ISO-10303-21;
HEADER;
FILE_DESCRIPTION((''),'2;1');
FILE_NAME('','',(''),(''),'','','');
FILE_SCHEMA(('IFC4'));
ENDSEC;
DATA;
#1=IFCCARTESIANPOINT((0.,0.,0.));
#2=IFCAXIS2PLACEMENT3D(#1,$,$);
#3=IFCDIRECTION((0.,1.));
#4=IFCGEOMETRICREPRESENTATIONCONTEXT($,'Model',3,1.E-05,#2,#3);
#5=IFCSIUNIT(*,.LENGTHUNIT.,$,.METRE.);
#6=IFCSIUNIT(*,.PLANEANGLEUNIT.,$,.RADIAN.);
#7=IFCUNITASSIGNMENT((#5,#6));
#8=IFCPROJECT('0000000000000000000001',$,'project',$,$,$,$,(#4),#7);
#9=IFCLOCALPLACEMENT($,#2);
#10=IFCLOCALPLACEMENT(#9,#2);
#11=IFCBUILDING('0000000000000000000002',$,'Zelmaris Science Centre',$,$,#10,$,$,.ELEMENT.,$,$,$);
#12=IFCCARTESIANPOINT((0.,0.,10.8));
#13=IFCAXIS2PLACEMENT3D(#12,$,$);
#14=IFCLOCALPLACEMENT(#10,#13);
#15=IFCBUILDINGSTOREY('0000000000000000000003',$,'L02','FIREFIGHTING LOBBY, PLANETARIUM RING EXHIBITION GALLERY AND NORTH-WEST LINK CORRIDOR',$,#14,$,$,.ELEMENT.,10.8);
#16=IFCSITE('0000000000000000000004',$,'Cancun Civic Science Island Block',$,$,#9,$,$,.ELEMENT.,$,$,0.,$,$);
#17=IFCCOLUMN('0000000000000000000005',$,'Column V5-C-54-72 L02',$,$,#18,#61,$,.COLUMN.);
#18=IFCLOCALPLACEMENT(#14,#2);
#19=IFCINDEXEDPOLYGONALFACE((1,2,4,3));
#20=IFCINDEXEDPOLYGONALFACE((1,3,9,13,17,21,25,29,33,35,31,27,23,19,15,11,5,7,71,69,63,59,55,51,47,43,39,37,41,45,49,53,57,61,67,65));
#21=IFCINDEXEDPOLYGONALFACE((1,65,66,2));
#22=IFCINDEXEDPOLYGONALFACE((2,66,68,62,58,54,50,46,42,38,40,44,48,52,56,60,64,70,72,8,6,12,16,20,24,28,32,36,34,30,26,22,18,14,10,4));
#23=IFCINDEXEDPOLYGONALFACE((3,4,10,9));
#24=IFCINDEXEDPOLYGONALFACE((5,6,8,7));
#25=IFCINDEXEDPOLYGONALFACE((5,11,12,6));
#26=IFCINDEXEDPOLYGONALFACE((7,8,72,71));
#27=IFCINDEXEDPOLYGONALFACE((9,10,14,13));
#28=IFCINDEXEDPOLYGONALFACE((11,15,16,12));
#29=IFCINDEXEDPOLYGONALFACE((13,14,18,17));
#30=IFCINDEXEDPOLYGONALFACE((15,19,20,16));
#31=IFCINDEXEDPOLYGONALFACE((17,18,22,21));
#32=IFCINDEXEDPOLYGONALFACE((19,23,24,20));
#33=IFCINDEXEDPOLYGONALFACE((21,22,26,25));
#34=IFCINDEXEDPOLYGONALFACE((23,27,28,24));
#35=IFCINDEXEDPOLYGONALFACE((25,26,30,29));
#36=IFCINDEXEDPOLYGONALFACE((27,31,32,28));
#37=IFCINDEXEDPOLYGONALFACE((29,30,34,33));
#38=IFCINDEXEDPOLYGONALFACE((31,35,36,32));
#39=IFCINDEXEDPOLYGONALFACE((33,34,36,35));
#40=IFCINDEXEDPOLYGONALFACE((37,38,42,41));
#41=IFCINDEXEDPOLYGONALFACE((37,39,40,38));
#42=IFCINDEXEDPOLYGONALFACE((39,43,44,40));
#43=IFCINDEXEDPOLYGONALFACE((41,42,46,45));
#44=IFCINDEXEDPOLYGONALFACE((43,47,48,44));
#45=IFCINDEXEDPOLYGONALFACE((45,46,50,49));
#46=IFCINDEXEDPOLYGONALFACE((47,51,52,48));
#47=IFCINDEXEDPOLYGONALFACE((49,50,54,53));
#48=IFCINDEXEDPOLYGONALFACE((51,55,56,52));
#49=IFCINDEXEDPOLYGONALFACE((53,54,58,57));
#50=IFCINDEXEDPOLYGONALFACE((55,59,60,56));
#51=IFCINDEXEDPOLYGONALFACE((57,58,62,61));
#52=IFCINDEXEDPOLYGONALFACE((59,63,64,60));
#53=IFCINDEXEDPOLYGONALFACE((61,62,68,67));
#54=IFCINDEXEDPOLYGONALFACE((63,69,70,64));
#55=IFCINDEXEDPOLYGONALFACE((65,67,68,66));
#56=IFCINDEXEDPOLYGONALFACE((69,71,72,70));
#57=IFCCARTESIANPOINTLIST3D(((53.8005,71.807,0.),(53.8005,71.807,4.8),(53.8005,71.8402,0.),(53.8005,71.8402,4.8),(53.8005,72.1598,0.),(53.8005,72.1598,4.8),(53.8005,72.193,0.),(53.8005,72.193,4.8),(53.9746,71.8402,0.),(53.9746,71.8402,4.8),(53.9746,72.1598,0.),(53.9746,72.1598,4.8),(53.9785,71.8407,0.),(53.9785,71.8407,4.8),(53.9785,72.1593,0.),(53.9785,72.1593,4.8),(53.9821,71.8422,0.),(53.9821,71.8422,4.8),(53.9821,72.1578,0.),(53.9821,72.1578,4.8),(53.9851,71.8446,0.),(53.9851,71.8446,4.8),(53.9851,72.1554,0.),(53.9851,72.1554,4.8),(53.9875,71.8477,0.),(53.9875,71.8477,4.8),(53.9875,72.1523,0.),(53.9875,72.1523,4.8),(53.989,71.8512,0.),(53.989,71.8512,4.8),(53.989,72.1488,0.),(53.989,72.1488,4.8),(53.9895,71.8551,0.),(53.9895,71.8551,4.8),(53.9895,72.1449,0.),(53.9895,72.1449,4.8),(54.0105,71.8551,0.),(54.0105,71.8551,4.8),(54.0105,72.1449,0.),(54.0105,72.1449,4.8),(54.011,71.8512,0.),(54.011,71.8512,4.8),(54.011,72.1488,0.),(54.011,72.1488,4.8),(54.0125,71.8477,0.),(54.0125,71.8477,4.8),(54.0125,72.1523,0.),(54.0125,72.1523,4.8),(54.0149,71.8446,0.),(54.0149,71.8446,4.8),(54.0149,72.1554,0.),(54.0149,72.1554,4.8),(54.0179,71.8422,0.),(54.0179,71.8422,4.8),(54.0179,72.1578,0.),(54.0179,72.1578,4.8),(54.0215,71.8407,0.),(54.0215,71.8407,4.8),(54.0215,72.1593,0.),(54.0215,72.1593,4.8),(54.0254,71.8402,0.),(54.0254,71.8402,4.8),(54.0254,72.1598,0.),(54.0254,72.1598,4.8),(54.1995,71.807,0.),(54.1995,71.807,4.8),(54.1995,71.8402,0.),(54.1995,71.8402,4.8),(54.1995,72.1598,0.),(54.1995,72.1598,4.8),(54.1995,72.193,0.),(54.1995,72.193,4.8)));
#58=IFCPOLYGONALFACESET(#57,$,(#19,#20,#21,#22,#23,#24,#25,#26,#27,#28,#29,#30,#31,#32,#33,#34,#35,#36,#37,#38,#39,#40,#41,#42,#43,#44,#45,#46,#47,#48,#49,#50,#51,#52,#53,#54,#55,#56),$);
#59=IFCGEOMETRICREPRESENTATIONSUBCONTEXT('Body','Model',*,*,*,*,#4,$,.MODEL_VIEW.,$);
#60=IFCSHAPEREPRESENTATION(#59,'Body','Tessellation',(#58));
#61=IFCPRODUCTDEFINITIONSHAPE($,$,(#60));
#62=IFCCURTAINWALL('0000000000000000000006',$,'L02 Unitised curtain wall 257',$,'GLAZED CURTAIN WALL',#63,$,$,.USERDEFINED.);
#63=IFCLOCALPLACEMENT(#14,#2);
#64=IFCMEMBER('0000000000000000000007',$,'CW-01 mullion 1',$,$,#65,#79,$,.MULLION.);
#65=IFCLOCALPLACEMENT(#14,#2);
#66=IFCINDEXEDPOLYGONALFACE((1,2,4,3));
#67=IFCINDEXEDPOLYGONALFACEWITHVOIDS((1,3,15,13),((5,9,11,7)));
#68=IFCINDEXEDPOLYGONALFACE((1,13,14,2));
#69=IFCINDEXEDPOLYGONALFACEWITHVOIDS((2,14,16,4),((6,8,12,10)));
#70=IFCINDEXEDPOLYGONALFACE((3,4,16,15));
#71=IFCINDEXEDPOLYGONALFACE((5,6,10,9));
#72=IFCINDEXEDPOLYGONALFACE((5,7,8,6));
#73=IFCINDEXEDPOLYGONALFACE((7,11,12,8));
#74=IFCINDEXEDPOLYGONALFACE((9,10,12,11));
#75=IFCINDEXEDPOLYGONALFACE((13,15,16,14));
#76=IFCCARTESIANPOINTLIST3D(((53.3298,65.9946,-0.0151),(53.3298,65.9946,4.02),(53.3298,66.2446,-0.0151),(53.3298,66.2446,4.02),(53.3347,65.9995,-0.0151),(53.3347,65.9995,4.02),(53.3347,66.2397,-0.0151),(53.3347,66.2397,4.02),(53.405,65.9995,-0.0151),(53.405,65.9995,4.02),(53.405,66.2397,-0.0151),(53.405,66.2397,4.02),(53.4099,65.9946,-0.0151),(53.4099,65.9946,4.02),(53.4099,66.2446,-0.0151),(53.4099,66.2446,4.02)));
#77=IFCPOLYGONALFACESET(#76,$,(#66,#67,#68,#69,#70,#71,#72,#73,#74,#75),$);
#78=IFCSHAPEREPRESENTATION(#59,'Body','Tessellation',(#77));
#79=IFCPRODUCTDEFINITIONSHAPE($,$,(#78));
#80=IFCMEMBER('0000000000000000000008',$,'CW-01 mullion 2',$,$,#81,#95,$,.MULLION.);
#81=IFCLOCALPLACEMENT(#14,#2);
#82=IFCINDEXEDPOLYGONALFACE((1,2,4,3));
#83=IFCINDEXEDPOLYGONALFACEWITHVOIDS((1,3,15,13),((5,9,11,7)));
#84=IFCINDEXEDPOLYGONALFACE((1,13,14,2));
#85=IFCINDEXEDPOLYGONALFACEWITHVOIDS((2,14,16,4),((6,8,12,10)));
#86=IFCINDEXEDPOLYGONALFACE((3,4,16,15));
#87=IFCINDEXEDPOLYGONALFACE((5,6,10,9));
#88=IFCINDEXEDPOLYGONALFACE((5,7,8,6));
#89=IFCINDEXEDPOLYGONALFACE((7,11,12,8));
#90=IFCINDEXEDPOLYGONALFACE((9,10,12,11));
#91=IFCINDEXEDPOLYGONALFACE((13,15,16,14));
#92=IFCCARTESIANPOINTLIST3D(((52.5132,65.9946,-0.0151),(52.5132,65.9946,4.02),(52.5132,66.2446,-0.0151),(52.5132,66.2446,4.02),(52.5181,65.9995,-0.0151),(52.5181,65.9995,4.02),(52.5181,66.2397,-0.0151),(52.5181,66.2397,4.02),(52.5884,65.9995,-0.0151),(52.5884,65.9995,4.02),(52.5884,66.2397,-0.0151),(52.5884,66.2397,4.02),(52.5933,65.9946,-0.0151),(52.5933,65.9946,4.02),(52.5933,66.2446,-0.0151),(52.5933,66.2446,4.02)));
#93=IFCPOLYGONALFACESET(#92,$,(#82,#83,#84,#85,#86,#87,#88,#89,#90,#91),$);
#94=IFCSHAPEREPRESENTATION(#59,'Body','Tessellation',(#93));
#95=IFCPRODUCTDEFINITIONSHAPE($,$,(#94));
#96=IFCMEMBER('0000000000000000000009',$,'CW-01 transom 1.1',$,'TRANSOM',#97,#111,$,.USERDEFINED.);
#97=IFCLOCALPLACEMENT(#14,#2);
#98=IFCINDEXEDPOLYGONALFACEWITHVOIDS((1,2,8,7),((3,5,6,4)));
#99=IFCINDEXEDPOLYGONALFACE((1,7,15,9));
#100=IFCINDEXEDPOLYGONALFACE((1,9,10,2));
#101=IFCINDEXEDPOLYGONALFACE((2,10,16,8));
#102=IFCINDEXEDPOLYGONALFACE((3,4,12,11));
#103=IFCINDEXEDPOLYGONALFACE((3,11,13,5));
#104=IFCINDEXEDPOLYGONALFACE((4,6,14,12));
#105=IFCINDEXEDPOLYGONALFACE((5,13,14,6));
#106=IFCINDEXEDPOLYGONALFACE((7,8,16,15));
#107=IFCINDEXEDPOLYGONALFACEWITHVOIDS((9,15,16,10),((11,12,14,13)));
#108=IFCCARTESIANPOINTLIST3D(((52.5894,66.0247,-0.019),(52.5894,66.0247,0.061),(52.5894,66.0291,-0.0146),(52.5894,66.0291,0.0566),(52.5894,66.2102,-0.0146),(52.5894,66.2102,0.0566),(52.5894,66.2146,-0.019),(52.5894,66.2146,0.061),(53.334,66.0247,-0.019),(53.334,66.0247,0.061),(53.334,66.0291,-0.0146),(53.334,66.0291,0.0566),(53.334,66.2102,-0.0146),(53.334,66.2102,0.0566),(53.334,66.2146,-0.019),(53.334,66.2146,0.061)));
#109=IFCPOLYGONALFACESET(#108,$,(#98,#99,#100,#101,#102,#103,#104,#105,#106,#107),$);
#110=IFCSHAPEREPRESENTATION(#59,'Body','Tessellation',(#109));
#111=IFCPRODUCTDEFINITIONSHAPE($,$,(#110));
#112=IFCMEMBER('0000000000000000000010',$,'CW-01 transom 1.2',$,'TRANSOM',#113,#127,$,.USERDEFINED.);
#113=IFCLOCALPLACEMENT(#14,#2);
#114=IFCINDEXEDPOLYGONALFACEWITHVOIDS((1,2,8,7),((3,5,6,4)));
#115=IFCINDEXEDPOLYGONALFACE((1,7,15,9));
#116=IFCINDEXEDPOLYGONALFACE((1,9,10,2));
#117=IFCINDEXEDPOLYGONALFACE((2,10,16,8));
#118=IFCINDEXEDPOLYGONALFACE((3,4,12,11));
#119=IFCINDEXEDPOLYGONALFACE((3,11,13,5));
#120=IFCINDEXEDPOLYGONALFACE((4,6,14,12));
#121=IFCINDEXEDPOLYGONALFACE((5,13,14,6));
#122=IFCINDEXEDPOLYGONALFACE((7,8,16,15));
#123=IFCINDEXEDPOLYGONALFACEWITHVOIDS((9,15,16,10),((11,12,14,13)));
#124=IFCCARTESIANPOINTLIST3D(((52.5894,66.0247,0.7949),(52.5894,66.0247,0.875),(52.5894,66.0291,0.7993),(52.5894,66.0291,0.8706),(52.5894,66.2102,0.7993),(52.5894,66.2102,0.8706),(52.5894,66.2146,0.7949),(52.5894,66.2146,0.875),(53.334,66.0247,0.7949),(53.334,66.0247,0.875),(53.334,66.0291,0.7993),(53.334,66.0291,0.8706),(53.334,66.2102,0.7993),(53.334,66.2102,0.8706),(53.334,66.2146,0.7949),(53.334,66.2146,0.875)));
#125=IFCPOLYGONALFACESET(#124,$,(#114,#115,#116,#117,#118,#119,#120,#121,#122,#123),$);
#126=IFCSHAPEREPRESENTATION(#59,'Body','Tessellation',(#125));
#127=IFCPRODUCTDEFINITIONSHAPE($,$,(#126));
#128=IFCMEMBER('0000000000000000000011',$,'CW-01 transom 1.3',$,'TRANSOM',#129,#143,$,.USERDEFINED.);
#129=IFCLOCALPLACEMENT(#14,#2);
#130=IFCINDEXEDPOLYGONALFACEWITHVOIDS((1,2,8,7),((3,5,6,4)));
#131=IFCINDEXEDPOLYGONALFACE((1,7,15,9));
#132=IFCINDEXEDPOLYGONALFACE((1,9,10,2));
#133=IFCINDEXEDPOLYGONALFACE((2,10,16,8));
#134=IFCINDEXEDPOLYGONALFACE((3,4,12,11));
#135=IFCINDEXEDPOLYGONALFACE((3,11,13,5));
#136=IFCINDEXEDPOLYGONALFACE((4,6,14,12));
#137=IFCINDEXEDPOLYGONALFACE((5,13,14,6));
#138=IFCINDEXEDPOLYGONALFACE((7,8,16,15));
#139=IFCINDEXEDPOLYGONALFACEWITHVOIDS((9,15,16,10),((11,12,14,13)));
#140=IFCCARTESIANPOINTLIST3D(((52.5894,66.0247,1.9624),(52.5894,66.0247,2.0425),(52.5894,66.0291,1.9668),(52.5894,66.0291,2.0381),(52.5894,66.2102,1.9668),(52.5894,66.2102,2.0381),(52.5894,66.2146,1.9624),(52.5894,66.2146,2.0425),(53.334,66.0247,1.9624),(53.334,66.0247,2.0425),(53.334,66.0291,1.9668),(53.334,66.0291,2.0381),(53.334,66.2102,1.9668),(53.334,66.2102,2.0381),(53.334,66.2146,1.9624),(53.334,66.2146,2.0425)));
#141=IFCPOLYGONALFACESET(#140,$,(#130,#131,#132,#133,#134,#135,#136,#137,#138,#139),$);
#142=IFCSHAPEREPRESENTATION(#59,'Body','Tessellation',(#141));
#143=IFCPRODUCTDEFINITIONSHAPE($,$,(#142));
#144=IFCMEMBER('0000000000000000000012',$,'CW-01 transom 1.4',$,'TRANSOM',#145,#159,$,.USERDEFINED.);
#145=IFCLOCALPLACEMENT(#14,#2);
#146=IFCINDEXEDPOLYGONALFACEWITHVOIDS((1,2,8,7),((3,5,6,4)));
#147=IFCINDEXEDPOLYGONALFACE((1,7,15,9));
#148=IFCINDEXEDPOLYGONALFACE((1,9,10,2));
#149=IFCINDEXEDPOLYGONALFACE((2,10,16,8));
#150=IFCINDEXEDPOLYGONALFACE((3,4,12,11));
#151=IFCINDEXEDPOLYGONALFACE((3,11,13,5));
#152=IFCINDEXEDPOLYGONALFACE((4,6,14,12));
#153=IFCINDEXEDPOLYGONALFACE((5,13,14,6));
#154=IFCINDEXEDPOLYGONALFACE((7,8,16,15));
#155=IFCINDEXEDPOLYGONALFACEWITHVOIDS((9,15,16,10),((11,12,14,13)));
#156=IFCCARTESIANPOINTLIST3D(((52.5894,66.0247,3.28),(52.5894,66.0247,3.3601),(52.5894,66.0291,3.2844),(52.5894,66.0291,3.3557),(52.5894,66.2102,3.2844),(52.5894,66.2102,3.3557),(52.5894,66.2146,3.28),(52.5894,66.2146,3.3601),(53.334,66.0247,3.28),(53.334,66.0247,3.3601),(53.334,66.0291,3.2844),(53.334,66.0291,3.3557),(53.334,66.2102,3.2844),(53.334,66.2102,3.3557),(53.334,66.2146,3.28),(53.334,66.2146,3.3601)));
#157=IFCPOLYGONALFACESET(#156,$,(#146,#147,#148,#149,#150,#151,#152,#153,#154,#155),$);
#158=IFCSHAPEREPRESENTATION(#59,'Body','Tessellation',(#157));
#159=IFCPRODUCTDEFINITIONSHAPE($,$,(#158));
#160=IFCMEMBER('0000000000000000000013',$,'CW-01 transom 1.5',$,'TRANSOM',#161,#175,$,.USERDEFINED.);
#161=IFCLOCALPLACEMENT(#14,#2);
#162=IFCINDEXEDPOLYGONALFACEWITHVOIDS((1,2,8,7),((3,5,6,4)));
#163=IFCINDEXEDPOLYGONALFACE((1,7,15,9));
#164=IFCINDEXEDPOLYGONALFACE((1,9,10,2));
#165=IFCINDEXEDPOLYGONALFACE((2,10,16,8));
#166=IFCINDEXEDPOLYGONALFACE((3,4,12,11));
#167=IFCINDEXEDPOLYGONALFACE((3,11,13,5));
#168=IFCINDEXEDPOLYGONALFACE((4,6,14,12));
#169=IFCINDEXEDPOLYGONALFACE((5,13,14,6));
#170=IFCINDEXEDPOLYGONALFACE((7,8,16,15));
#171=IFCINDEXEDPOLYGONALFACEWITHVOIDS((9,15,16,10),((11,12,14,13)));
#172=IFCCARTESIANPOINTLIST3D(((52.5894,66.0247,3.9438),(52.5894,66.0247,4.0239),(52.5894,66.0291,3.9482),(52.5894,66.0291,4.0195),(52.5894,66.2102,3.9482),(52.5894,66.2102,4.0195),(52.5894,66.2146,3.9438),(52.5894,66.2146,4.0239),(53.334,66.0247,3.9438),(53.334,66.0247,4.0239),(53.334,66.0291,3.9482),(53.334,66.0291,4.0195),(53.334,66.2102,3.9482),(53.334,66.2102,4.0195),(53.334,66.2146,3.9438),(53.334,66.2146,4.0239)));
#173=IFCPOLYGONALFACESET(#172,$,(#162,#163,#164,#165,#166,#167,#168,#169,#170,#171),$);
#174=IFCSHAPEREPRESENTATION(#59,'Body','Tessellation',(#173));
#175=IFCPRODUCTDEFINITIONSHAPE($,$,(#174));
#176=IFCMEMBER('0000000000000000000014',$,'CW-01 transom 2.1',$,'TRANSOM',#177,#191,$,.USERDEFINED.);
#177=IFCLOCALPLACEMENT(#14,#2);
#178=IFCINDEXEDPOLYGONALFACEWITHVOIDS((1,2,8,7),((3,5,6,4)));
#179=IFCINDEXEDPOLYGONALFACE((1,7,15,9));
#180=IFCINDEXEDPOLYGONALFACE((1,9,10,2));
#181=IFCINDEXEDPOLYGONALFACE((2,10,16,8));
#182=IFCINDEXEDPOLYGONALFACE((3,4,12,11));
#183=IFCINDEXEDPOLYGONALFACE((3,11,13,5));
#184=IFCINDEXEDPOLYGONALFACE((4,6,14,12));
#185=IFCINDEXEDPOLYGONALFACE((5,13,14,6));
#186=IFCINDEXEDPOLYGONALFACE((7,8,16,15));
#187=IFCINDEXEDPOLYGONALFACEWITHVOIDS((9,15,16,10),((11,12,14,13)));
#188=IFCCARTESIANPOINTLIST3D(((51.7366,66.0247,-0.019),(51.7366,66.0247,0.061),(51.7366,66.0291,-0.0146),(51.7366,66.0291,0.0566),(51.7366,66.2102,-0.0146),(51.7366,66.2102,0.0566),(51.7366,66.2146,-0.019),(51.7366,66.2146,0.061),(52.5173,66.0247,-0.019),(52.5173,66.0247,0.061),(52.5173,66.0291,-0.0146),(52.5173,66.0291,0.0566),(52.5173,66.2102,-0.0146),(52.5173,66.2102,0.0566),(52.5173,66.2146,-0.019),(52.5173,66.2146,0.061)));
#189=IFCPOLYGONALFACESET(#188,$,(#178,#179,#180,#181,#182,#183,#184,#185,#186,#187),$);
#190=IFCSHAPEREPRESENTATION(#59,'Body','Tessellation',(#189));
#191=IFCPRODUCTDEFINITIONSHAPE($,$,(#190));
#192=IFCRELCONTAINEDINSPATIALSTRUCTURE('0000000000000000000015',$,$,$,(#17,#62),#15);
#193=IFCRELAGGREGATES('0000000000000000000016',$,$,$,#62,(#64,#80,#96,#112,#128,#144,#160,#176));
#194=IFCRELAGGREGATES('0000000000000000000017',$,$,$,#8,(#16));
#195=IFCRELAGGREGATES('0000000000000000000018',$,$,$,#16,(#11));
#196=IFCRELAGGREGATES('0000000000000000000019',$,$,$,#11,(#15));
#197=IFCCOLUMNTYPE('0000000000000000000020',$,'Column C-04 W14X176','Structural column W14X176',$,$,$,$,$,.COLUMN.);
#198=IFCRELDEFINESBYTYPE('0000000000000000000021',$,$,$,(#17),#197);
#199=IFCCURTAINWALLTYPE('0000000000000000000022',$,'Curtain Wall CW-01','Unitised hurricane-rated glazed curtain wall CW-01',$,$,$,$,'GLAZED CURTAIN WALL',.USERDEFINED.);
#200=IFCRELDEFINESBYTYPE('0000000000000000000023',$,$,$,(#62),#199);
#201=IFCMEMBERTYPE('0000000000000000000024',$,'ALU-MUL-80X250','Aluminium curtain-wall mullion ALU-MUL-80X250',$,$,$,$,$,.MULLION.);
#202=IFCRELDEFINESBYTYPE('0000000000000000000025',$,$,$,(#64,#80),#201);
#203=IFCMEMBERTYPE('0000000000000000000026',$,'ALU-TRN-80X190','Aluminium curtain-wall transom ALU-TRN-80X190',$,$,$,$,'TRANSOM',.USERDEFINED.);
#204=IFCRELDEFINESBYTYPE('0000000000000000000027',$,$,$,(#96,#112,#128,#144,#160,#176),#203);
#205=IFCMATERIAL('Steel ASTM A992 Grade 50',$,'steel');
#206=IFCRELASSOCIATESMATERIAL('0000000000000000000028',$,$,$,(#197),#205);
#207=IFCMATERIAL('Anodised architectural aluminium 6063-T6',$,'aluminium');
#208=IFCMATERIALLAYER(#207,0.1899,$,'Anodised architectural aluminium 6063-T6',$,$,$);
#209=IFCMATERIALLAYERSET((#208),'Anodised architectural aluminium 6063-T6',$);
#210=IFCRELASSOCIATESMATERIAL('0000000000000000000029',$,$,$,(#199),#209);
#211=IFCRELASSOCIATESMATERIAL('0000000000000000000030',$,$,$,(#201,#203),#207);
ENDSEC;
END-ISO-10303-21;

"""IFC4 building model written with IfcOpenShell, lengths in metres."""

from ifc_helpers import new_model, si_unit, direction, frame, origin, origin_2d, place, context, subcontext, project, spatial, hollow_rectangle, i_section, extrude, material, layer, layer_set, material_profile, profile_set, type_object, element, aggregate, save


model = new_model("IFC4")

# Units and contexts
model_context = context("Model", 3, precision=1e-05, world=origin(), true_north=direction((0.0, 1.0)))
body_context = subcontext(model_context, "Body", "Model", "MODEL_VIEW")
ifc_project = project(units=[si_unit("LENGTHUNIT", "METRE"), si_unit("PLANEANGLEUNIT", "RADIAN")], contexts=[model_context])

# Site, building, storey
site_placement = place(None, origin())
site = spatial("IfcSite", under=ifc_project, at=site_placement, Name="Cancun Civic Science Island Block", CompositionType="ELEMENT", RefElevation=0.0)
building_placement = place(site_placement, origin())
building = spatial("IfcBuilding", under=site, at=building_placement, Name="Zelmaris Science Centre", CompositionType="ELEMENT")
storey_placement = place(building_placement, frame((0.0, 0.0, 10.8)))
storey = spatial("IfcBuildingStorey", under=building, at=storey_placement, Name="L02", Description="FIREFIGHTING LOBBY, PLANETARIUM RING EXHIBITION GALLERY AND NORTH-WEST LINK CORRIDOR", CompositionType="ELEMENT", Elevation=10.8)

# Column
ifc_material_1 = material(Name="Steel ASTM A992 Grade 50", Category="steel")
ifc_material_profile_1 = material_profile(ifc_material_1, i_section(OverallWidth=0.3989, OverallDepth=0.386, WebThickness=0.021, FlangeThickness=0.0332, FilletRadius=0.0149, at=origin_2d()), Name="W14X176")
ifc_profile_set_1 = profile_set([ifc_material_profile_1], Name="Steel ASTM A992 Grade 50")
column_type = type_object("IfcColumnType", Name="Column C-04 W14X176", Description="Structural column W14X176", PredefinedType="COLUMN", material=ifc_profile_set_1)
column_placement = place(storey_placement, frame((54.0, 72.0, 0.0), z_axis=(0.0, 0.0, 1.0), x_axis=(1.0, 0.0, 0.0)))
element("IfcColumn", 1, at=column_placement, inside=storey, type_object=column_type, Name="Column V5-C-54-72 L02", PredefinedType="COLUMN", context=body_context, shape_type="SweptSolid", body=[
    extrude(i_section(OverallWidth=0.3989, OverallDepth=0.386, WebThickness=0.021, FlangeThickness=0.0332, FilletRadius=0.0149, at=origin_2d()), origin(), (0.0, 0.0, 1.0), 4.8),
])

# Curtain wall, members
ifc_material_2 = material(Name="Anodised architectural aluminium 6063-T6", Category="aluminium")
ifc_layer_1 = layer(ifc_material_2, 0.1899, Name="Anodised architectural aluminium 6063-T6")
ifc_layer_set_1 = layer_set([ifc_layer_1], Name="Anodised architectural aluminium 6063-T6")
curtain_wall_type = type_object("IfcCurtainWallType", Name="Curtain Wall CW-01", Description="Unitised hurricane-rated glazed curtain wall CW-01", ElementType="GLAZED CURTAIN WALL", PredefinedType="USERDEFINED", material=ifc_layer_set_1)
curtain_wall_placement = place(storey_placement, origin())
curtain_wall = element("IfcCurtainWall", 2, at=curtain_wall_placement, inside=storey, type_object=curtain_wall_type, Name="L02 Unitised curtain wall 257", ObjectType="GLAZED CURTAIN WALL", PredefinedType="USERDEFINED")
ifc_material_profile_2 = material_profile(ifc_material_2, hollow_rectangle(XDim=0.0801, YDim=0.25, WallThickness=0.0049, at=origin_2d()), Name="ALU-MUL-80X250")
ifc_profile_set_2 = profile_set([ifc_material_profile_2], Name="Anodised architectural aluminium 6063-T6")
member_type_1 = type_object("IfcMemberType", Name="ALU-MUL-80X250", Description="Aluminium curtain-wall mullion ALU-MUL-80X250", PredefinedType="MULLION", material=ifc_profile_set_2)
member_1_placement = place(storey_placement, frame((53.3699, 66.1196, -0.0151), z_axis=(0.0, 0.0, 1.0), x_axis=(-1.0, 0.0, 0.0)))
member_1 = element("IfcMember", 3, at=member_1_placement, type_object=member_type_1, Name="CW-01 mullion 1", PredefinedType="MULLION", context=body_context, shape_type="SweptSolid", body=[
    extrude(hollow_rectangle(XDim=0.0801, YDim=0.25, WallThickness=0.0049, at=origin_2d()), origin(), (0.0, 0.0, 1.0), 4.0352),
])
member_2_placement = place(storey_placement, frame((52.5532, 66.1196, -0.0151), z_axis=(0.0, 0.0, 1.0), x_axis=(-1.0, 0.0, 0.0)))
member_2 = element("IfcMember", 4, at=member_2_placement, type_object=member_type_1, Name="CW-01 mullion 2", PredefinedType="MULLION", context=body_context, shape_type="SweptSolid", body=[
    extrude(hollow_rectangle(XDim=0.0801, YDim=0.25, WallThickness=0.0049, at=origin_2d()), origin(), (0.0, 0.0, 1.0), 4.0352),
])
ifc_material_profile_3 = material_profile(ifc_material_2, hollow_rectangle(XDim=0.0801, YDim=0.1899, WallThickness=0.0044, at=origin_2d()), Name="ALU-TRN-80X190")
ifc_profile_set_3 = profile_set([ifc_material_profile_3], Name="Anodised architectural aluminium 6063-T6")
member_type_2 = type_object("IfcMemberType", Name="ALU-TRN-80X190", Description="Aluminium curtain-wall transom ALU-TRN-80X190", ElementType="TRANSOM", PredefinedType="USERDEFINED", material=ifc_profile_set_3)
member_3_placement = place(storey_placement, frame((53.334, 66.1196, 0.021), z_axis=(-1.0, 0.0, 0.0), x_axis=(0.0, 0.0, 1.0)))
member_3 = element("IfcMember", 5, at=member_3_placement, type_object=member_type_2, Name="CW-01 transom 1.1", ObjectType="TRANSOM", PredefinedType="USERDEFINED", context=body_context, shape_type="SweptSolid", body=[
    extrude(hollow_rectangle(XDim=0.0801, YDim=0.1899, WallThickness=0.0044, at=origin_2d()), origin(), (0.0, 0.0, 1.0), 0.7446),
])
member_4_placement = place(storey_placement, frame((53.334, 66.1196, 0.835), z_axis=(-1.0, 0.0, 0.0), x_axis=(0.0, 0.0, 1.0)))
member_4 = element("IfcMember", 6, at=member_4_placement, type_object=member_type_2, Name="CW-01 transom 1.2", ObjectType="TRANSOM", PredefinedType="USERDEFINED", context=body_context, shape_type="SweptSolid", body=[
    extrude(hollow_rectangle(XDim=0.0801, YDim=0.1899, WallThickness=0.0044, at=origin_2d()), origin(), (0.0, 0.0, 1.0), 0.7446),
])
member_5_placement = place(storey_placement, frame((53.334, 66.1196, 2.0024), z_axis=(-1.0, 0.0, 0.0), x_axis=(0.0, 0.0, 1.0)))
member_5 = element("IfcMember", 7, at=member_5_placement, type_object=member_type_2, Name="CW-01 transom 1.3", ObjectType="TRANSOM", PredefinedType="USERDEFINED", context=body_context, shape_type="SweptSolid", body=[
    extrude(hollow_rectangle(XDim=0.0801, YDim=0.1899, WallThickness=0.0044, at=origin_2d()), origin(), (0.0, 0.0, 1.0), 0.7446),
])
member_6_placement = place(storey_placement, frame((53.334, 66.1196, 3.3201), z_axis=(-1.0, 0.0, 0.0), x_axis=(0.0, 0.0, 1.0)))
member_6 = element("IfcMember", 8, at=member_6_placement, type_object=member_type_2, Name="CW-01 transom 1.4", ObjectType="TRANSOM", PredefinedType="USERDEFINED", context=body_context, shape_type="SweptSolid", body=[
    extrude(hollow_rectangle(XDim=0.0801, YDim=0.1899, WallThickness=0.0044, at=origin_2d()), origin(), (0.0, 0.0, 1.0), 0.7446),
])
member_7_placement = place(storey_placement, frame((53.334, 66.1196, 3.9839), z_axis=(-1.0, 0.0, 0.0), x_axis=(0.0, 0.0, 1.0)))
member_7 = element("IfcMember", 9, at=member_7_placement, type_object=member_type_2, Name="CW-01 transom 1.5", ObjectType="TRANSOM", PredefinedType="USERDEFINED", context=body_context, shape_type="SweptSolid", body=[
    extrude(hollow_rectangle(XDim=0.0801, YDim=0.1899, WallThickness=0.0044, at=origin_2d()), origin(), (0.0, 0.0, 1.0), 0.7446),
])
member_8_placement = place(storey_placement, frame((52.5173, 66.1196, 0.021), z_axis=(-1.0, 0.0, 0.0), x_axis=(0.0, 0.0, 1.0)))
member_8 = element("IfcMember", 10, at=member_8_placement, type_object=member_type_2, Name="CW-01 transom 2.1", ObjectType="TRANSOM", PredefinedType="USERDEFINED", context=body_context, shape_type="SweptSolid", body=[
    extrude(hollow_rectangle(XDim=0.0801, YDim=0.1899, WallThickness=0.0044, at=origin_2d()), origin(), (0.0, 0.0, 1.0), 0.7808),
])

aggregate(curtain_wall, [member_1, member_2, member_3, member_4, member_5, member_6, member_7, member_8])

save(model, "model.ifc")
